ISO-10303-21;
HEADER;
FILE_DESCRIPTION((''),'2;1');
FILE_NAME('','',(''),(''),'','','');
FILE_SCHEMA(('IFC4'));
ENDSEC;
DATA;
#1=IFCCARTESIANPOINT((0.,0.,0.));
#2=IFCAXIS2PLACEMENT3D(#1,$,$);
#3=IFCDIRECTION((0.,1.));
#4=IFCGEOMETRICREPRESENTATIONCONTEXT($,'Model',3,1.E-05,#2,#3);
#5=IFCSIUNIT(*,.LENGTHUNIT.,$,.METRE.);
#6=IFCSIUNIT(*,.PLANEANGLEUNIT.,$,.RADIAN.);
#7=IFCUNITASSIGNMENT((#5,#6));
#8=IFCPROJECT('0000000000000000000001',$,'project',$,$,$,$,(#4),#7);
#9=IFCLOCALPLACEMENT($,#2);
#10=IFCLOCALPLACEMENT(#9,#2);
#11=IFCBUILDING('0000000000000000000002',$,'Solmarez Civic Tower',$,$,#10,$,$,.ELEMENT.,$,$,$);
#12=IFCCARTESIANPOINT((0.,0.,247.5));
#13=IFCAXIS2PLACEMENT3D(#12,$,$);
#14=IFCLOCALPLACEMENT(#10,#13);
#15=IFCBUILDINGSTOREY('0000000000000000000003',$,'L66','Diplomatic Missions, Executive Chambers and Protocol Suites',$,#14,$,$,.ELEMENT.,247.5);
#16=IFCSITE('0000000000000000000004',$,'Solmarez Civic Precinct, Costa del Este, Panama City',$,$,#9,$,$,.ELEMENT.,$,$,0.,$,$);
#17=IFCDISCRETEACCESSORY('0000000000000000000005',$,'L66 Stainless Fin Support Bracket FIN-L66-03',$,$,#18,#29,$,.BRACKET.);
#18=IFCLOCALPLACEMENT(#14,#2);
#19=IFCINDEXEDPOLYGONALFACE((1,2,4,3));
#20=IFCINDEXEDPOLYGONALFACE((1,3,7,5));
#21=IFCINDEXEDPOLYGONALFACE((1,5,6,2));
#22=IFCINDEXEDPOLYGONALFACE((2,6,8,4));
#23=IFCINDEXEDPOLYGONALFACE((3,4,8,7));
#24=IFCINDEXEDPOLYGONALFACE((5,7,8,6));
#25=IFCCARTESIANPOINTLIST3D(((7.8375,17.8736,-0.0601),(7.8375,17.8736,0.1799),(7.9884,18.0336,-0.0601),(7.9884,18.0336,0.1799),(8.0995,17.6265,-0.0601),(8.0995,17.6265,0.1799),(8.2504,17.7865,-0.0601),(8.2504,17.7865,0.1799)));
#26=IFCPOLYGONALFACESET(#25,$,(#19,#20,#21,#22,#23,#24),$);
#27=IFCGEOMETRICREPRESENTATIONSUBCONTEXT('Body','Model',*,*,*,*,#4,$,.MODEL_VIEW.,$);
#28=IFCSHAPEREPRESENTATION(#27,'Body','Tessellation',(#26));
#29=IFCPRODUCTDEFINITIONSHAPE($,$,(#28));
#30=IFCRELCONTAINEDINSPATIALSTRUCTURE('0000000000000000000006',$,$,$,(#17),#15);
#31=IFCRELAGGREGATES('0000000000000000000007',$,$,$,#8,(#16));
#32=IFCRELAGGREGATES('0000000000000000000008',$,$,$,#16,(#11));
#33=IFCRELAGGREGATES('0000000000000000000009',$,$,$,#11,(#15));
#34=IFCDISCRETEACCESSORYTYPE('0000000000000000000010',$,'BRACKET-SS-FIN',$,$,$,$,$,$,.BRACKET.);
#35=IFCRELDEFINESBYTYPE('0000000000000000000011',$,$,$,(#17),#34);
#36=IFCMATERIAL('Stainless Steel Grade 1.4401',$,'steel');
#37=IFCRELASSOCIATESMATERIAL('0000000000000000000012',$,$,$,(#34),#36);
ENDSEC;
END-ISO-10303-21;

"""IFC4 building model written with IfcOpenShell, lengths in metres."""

from ifc_helpers import new_model, si_unit, direction, frame, origin, origin_2d, place, context, subcontext, project, spatial, rectangle, extrude, material, type_object, element, save


model = new_model("IFC4")

# Units and contexts
model_context = context("Model", 3, precision=1e-05, world=origin(), true_north=direction((0.0, 1.0)))
body_context = subcontext(model_context, "Body", "Model", "MODEL_VIEW")
ifc_project = project(units=[si_unit("LENGTHUNIT", "METRE"), si_unit("PLANEANGLEUNIT", "RADIAN")], contexts=[model_context])

# Site, building, storey
site_placement = place(None, origin())
site = spatial("IfcSite", under=ifc_project, at=site_placement, Name="Solmarez Civic Precinct, Costa del Este, Panama City", CompositionType="ELEMENT", RefElevation=0.0)
building_placement = place(site_placement, origin())
building = spatial("IfcBuilding", under=site, at=building_placement, Name="Solmarez Civic Tower", CompositionType="ELEMENT")
storey_placement = place(building_placement, frame((0.0, 0.0, 247.5)))
storey = spatial("IfcBuildingStorey", under=building, at=storey_placement, Name="L66", Description="Diplomatic Missions, Executive Chambers and Protocol Suites", CompositionType="ELEMENT", Elevation=247.5)

# Discrete accessory
ifc_material_1 = material(Name="Stainless Steel Grade 1.4401", Category="steel")
discrete_accessory_type = type_object("IfcDiscreteAccessoryType", Name="BRACKET-SS-FIN", PredefinedType="BRACKET", material=ifc_material_1)
discrete_accessory_placement = place(storey_placement, frame((8.0439, 17.8301, -0.0601), z_axis=(0.0, 0.0, 1.0), x_axis=(-0.727453, 0.686158, 0.0)))
element("IfcDiscreteAccessory", 1, at=discrete_accessory_placement, inside=storey, type_object=discrete_accessory_type, Name="L66 Stainless Fin Support Bracket FIN-L66-03", PredefinedType="BRACKET", context=body_context, shape_type="SweptSolid", body=[
    extrude(rectangle(XDim=0.3601, YDim=0.22, at=origin_2d()), origin(), (0.0, 0.0, 1.0), 0.24),
])

save(model, "model.ifc")
